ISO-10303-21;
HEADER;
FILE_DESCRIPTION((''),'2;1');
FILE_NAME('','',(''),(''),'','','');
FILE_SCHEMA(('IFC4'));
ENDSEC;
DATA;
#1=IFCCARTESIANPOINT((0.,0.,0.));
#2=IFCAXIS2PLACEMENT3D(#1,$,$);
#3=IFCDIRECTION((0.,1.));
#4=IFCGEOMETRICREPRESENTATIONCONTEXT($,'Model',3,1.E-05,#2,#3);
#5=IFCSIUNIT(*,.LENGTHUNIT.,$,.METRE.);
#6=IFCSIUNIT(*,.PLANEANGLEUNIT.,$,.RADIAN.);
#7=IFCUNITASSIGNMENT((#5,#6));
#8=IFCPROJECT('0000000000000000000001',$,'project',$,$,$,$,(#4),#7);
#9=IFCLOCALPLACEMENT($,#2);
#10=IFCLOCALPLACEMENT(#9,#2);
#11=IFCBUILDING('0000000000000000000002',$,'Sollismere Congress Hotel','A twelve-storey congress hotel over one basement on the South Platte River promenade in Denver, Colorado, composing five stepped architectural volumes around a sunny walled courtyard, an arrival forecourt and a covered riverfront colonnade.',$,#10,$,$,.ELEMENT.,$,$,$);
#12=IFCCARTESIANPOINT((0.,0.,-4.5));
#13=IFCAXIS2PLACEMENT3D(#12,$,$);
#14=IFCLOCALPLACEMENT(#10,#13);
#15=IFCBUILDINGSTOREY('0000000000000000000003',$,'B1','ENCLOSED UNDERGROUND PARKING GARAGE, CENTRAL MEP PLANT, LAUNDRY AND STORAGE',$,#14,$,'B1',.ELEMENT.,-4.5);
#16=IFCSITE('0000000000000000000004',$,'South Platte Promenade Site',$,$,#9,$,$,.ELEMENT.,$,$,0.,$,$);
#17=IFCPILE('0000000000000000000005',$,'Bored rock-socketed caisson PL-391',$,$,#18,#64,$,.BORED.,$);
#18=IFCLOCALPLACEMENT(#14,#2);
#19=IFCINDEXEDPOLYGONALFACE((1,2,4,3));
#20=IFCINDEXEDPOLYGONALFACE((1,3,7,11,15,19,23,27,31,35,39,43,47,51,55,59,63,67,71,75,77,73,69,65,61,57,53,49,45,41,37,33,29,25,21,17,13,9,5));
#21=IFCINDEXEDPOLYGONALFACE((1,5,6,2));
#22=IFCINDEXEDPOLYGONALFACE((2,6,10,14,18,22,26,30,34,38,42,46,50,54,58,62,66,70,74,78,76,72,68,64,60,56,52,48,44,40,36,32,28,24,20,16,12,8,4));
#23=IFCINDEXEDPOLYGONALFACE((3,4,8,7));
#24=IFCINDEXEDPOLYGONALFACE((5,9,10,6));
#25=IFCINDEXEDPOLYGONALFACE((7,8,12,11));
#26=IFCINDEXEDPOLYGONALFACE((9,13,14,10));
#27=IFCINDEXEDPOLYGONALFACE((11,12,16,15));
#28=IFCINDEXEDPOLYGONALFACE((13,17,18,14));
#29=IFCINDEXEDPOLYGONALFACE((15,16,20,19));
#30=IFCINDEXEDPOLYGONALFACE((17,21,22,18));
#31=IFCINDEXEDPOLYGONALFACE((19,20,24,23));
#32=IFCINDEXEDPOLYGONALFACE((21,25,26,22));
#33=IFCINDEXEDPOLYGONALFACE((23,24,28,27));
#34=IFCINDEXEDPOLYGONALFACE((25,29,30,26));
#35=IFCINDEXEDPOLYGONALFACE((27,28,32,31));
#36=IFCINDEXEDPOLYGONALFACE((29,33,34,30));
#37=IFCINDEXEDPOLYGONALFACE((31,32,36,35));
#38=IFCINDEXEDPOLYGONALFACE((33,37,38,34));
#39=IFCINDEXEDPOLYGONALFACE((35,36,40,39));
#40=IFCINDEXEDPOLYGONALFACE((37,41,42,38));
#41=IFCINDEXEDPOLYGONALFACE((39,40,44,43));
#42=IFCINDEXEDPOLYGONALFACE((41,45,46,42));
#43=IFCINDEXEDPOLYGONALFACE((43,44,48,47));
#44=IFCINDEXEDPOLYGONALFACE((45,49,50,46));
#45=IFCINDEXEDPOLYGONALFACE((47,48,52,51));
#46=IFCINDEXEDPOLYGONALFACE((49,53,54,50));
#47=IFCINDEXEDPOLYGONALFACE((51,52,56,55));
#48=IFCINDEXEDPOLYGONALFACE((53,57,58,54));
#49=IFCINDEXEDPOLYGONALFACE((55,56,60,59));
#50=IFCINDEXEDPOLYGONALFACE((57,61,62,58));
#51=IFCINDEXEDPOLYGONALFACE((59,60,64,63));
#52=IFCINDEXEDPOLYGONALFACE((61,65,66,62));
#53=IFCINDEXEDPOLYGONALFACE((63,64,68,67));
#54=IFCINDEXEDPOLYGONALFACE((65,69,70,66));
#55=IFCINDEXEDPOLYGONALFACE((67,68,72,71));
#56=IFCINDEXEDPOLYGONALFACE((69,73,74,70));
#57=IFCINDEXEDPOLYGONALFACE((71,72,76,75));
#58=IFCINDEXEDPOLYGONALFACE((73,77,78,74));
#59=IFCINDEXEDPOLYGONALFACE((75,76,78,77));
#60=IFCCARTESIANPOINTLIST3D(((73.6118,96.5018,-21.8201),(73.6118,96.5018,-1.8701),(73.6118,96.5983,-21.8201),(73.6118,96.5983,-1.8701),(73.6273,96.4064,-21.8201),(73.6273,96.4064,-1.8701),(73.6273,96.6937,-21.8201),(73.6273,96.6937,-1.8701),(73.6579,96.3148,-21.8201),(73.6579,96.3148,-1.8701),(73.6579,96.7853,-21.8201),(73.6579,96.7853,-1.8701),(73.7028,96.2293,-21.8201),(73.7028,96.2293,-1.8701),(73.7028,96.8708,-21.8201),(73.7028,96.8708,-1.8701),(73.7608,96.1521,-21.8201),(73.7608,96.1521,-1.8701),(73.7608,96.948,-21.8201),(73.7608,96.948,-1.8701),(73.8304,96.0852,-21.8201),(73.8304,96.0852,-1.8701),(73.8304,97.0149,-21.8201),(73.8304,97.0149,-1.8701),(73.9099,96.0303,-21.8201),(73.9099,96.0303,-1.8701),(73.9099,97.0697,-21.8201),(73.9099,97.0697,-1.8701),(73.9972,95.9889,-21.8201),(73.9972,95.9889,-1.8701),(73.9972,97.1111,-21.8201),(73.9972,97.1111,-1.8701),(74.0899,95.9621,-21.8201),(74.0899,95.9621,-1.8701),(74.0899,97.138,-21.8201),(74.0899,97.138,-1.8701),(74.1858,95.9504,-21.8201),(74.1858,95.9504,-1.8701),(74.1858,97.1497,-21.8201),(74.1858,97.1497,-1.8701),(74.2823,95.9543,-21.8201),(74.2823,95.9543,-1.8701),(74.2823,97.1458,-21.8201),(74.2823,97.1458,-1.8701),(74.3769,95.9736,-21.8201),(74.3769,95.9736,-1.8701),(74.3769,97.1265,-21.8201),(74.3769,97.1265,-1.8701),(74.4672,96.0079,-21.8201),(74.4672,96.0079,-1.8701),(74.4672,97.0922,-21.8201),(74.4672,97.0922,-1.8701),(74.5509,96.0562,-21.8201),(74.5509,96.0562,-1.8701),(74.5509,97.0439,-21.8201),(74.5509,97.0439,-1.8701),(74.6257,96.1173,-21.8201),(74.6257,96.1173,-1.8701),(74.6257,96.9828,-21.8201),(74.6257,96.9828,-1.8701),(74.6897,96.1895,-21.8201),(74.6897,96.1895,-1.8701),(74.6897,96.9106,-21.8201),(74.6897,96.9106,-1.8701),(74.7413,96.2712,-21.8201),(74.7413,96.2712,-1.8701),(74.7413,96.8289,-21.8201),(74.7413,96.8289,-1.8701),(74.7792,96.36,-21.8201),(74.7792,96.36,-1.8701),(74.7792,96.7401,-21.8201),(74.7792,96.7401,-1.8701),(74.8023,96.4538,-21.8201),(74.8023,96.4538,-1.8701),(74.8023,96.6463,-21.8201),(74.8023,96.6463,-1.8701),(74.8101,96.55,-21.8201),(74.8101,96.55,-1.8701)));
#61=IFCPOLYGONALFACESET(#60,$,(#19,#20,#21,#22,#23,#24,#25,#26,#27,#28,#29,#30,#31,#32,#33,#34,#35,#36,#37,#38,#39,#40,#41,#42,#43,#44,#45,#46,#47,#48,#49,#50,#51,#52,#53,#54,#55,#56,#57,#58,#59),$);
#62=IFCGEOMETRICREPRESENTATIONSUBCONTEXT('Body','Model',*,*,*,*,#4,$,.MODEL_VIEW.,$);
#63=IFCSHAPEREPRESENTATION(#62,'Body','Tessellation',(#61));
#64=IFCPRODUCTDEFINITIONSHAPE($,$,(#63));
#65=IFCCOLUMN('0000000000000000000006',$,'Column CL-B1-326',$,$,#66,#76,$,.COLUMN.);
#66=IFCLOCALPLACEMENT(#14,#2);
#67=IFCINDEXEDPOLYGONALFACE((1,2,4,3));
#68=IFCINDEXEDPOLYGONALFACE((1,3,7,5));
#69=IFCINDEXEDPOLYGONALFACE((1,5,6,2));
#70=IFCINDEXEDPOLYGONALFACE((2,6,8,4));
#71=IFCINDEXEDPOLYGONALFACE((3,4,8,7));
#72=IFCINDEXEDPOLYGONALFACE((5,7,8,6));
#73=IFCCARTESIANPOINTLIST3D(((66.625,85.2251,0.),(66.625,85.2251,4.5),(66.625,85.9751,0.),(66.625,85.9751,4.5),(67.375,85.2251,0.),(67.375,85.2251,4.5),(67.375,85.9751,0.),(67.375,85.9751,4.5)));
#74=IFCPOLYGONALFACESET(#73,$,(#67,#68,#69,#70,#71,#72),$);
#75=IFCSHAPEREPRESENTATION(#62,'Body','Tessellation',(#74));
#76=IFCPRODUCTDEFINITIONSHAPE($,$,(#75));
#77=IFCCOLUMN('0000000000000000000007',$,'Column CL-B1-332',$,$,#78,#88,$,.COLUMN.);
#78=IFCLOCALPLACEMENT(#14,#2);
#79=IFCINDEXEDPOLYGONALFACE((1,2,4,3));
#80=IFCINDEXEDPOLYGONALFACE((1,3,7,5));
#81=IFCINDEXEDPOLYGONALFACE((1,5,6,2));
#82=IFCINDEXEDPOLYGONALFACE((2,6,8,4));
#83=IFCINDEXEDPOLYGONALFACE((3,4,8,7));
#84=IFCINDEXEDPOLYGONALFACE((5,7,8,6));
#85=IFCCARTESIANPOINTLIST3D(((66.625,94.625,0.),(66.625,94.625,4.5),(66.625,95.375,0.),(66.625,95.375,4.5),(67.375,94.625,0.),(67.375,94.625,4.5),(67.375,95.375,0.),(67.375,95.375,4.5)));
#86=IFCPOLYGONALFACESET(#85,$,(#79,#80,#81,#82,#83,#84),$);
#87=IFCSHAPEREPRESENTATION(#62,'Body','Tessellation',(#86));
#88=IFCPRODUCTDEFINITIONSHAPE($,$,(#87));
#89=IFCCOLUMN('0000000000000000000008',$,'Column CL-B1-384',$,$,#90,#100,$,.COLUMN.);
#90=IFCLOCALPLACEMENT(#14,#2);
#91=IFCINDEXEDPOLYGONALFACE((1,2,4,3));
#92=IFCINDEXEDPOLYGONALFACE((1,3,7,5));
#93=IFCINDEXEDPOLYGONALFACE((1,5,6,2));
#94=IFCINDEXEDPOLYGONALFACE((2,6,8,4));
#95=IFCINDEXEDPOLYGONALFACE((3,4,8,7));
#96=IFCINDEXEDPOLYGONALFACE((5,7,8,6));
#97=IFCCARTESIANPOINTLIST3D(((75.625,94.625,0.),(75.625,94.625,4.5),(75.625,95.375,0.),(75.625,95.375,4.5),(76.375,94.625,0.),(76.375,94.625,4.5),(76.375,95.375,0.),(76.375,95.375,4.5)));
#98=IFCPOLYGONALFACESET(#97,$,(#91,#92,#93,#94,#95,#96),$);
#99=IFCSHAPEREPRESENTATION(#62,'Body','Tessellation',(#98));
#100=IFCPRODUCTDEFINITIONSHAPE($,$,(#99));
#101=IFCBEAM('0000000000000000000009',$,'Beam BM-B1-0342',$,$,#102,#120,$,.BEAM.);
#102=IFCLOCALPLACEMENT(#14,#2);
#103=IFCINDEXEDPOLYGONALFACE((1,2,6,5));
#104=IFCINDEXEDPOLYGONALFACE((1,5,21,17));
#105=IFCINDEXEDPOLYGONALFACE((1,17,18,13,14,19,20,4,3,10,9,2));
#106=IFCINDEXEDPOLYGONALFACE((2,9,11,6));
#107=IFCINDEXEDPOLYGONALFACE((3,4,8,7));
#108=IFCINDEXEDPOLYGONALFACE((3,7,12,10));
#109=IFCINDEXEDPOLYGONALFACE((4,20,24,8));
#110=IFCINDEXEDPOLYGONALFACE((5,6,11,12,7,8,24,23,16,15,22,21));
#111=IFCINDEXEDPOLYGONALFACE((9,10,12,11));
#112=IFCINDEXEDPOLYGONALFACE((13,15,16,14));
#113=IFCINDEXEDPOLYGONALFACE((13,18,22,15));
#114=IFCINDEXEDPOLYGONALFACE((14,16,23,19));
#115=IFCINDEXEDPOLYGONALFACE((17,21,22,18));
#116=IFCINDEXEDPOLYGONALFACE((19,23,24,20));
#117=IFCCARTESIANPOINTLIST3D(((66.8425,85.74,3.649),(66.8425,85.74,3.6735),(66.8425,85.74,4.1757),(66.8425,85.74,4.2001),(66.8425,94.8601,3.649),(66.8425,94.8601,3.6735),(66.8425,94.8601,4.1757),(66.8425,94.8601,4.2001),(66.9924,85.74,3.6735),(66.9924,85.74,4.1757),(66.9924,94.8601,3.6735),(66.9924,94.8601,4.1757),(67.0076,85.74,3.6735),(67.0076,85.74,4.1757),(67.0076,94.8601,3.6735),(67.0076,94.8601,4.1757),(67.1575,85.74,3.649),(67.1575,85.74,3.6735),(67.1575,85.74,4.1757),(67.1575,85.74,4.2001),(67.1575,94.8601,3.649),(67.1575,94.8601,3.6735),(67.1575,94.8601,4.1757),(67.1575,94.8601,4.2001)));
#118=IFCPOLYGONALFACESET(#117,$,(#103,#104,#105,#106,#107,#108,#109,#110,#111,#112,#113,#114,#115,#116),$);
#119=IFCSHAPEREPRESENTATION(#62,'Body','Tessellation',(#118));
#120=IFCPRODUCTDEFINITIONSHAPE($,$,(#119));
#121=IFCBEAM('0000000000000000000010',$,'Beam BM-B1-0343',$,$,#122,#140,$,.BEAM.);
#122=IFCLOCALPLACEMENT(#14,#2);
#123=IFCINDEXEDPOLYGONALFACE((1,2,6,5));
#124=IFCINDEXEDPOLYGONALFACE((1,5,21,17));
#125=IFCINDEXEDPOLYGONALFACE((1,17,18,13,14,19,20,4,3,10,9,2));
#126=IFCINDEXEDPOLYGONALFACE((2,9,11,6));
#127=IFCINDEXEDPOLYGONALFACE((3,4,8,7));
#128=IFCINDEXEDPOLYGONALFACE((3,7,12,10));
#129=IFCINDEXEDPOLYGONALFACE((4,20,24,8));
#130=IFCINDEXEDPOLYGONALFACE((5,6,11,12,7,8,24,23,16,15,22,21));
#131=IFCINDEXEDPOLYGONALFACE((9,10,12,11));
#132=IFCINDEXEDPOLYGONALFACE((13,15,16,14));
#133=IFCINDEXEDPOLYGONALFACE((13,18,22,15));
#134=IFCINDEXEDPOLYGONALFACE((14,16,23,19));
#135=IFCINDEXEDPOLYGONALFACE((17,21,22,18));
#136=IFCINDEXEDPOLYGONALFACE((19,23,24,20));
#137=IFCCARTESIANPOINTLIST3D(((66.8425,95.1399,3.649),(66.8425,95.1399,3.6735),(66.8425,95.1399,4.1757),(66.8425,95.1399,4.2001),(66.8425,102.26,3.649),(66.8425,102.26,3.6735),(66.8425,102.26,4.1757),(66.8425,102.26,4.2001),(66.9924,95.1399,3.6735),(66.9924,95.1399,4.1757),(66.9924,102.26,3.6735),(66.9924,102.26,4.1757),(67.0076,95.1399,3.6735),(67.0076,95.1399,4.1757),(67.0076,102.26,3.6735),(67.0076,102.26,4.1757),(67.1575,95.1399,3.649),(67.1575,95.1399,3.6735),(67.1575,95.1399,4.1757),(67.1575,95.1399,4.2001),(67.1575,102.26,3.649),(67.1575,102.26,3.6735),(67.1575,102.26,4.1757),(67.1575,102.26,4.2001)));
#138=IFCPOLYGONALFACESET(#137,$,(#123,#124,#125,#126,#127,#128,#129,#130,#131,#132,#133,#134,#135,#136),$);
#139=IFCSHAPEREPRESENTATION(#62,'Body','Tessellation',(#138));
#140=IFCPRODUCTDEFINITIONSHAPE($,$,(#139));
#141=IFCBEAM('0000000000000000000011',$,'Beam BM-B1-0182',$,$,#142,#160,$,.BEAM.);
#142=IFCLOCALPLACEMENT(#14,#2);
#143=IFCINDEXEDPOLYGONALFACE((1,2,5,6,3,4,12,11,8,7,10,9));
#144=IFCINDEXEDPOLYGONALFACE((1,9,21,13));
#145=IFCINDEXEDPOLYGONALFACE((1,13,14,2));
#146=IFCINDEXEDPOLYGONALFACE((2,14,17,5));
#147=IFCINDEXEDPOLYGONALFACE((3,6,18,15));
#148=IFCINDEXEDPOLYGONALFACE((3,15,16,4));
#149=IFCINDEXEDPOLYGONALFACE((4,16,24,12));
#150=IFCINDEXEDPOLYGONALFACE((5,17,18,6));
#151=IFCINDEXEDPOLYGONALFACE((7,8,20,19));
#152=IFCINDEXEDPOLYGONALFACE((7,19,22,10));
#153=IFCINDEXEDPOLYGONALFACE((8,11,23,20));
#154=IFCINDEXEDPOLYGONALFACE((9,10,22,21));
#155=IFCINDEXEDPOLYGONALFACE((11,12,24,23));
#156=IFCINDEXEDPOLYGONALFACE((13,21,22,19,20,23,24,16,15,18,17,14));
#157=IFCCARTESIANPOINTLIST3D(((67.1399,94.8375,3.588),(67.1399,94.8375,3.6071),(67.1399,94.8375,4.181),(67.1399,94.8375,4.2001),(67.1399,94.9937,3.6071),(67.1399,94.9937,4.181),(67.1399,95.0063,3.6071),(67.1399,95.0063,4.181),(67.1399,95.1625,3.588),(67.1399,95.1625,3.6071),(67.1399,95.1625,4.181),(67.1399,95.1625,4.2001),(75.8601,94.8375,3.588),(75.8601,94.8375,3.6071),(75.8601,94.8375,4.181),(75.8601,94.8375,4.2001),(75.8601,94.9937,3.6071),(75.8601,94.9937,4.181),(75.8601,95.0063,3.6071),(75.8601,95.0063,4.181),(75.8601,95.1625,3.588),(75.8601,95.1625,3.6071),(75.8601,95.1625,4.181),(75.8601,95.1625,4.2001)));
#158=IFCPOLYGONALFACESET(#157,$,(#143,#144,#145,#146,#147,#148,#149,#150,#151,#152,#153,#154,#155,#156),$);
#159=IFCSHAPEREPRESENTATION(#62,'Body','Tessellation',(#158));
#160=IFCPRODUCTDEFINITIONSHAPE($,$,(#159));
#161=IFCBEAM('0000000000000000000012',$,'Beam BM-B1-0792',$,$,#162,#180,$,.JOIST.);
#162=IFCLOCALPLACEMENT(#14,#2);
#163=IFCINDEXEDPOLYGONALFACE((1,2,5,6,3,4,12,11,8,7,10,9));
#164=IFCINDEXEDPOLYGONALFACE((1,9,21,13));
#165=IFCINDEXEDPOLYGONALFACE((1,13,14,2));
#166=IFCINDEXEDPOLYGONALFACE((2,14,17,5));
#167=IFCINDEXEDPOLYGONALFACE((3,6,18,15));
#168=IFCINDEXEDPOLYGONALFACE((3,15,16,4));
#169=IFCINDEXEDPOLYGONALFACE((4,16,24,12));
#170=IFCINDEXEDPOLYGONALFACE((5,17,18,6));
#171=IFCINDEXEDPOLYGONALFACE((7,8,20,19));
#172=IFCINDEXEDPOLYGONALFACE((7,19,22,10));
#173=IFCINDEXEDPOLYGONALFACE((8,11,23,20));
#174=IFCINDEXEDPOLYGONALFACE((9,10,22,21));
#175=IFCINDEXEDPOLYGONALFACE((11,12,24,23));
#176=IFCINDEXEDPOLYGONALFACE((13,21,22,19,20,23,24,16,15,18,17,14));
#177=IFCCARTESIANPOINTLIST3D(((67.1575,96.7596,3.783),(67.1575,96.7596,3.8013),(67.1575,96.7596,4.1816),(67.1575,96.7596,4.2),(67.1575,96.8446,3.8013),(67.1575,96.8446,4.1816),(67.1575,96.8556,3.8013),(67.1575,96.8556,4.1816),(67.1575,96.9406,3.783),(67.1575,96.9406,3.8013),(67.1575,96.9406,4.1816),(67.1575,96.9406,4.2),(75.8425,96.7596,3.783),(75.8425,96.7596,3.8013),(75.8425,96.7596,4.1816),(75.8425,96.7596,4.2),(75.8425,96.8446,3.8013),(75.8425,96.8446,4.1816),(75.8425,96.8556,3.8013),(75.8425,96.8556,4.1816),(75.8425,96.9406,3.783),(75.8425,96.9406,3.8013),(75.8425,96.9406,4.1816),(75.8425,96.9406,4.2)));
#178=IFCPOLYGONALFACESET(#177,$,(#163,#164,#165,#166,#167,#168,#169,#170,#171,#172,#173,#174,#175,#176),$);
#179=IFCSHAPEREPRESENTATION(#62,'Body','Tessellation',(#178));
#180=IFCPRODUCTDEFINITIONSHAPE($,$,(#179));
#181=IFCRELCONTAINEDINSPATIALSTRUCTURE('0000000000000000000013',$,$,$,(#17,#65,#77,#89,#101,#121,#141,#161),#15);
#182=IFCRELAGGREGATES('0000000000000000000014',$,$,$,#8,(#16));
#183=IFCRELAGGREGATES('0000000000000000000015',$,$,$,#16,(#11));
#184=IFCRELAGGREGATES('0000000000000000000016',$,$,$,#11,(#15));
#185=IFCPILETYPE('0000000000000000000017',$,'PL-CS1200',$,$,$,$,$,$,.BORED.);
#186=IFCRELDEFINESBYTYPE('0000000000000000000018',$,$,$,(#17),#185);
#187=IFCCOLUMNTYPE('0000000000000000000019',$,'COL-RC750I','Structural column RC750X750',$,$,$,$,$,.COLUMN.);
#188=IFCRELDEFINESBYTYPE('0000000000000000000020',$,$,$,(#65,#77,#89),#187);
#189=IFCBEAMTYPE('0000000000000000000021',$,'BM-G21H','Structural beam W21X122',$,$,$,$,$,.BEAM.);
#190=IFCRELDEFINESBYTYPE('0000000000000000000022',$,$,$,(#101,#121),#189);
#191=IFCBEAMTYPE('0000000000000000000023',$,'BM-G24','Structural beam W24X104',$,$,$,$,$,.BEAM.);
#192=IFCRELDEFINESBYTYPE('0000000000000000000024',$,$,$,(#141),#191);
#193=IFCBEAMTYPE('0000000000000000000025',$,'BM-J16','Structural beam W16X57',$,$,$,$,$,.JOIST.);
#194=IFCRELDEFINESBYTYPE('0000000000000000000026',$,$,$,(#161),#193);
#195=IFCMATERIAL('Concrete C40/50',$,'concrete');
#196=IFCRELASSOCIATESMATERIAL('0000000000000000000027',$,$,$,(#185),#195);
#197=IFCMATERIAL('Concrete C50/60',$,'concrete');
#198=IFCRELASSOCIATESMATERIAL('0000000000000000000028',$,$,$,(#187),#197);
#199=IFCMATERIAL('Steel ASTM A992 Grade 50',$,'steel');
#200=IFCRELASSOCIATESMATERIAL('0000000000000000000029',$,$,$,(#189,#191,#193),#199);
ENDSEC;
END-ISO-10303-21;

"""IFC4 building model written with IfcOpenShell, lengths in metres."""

from ifc_helpers import new_model, si_unit, direction, frame, origin, origin_2d, place, context, subcontext, project, spatial, rectangle, circle, i_section, extrude, material, material_profile, profile_set, type_object, element, save


model = new_model("IFC4")

# Units and contexts
model_context = context("Model", 3, precision=1e-05, world=origin(), true_north=direction((0.0, 1.0)))
body_context = subcontext(model_context, "Body", "Model", "MODEL_VIEW")
ifc_project = project(units=[si_unit("LENGTHUNIT", "METRE"), si_unit("PLANEANGLEUNIT", "RADIAN")], contexts=[model_context])

# Site, building, storey
site_placement = place(None, origin())
site = spatial("IfcSite", under=ifc_project, at=site_placement, Name="South Platte Promenade Site", CompositionType="ELEMENT", RefElevation=0.0)
building_placement = place(site_placement, origin())
building = spatial("IfcBuilding", under=site, at=building_placement, Name="Sollismere Congress Hotel", Description="A twelve-storey congress hotel over one basement on the South Platte River promenade in Denver, Colorado, composing five stepped architectural volumes around a sunny walled courtyard, an arrival forecourt and a covered riverfront colonnade.", CompositionType="ELEMENT")
storey_placement = place(building_placement, frame((0.0, 0.0, -4.5)))
storey = spatial("IfcBuildingStorey", under=building, at=storey_placement, Name="B1", Description="ENCLOSED UNDERGROUND PARKING GARAGE, CENTRAL MEP PLANT, LAUNDRY AND STORAGE", LongName="B1", CompositionType="ELEMENT", Elevation=-4.5)

# Shared definitions
ifc_material_1 = material(Name="Concrete C40/50", Category="concrete")

# Pile
ifc_material_profile_1 = material_profile(ifc_material_1, circle(Radius=0.6001, at=origin_2d()), Name="CAISSON1200")
ifc_profile_set_1 = profile_set([ifc_material_profile_1], Name="Concrete C40/50")
pile_type = type_object("IfcPileType", Name="PL-CS1200", PredefinedType="BORED", material=ifc_profile_set_1)
for number, where, z_axis, x_axis, name in (
    (1, (74.21, 96.55, -1.8701), (0.0, 0.0, -1.0), (1.0, 0.0, 0.0), "Bored rock-socketed caisson PL-391"),
):
    element("IfcPile", number, at=place(storey_placement, frame(where, z_axis=z_axis, x_axis=x_axis)), inside=storey, type_object=pile_type, Name=name, PredefinedType="BORED", context=body_context, shape_type="SweptSolid", body=[
        extrude(circle(Radius=0.6001, at=origin_2d()), origin(), (0.0, 0.0, 1.0), 19.95),
    ])

# Columns
ifc_material_2 = material(Name="Concrete C50/60", Category="concrete")
ifc_material_profile_2 = material_profile(ifc_material_2, rectangle(XDim=0.75, YDim=0.75, at=origin_2d()), Name="RC750X750")
ifc_profile_set_2 = profile_set([ifc_material_profile_2], Name="Concrete C50/60")
column_type = type_object("IfcColumnType", Name="COL-RC750I", Description="Structural column RC750X750", PredefinedType="COLUMN", material=ifc_profile_set_2)
for number, where, z_axis, x_axis, name in (
    (2, (67.0, 85.6001, 0.0), (0.0, 0.0, 1.0), (1.0, 0.0, 0.0), "Column CL-B1-326"),
    (3, (67.0, 95.0, 0.0), (0.0, 0.0, 1.0), (1.0, 0.0, 0.0), "Column CL-B1-332"),
    (4, (76.0, 95.0, 0.0), (0.0, 0.0, 1.0), (1.0, 0.0, 0.0), "Column CL-B1-384"),
):
    element("IfcColumn", number, at=place(storey_placement, frame(where, z_axis=z_axis, x_axis=x_axis)), inside=storey, type_object=column_type, Name=name, PredefinedType="COLUMN", context=body_context, shape_type="SweptSolid", body=[
        extrude(rectangle(XDim=0.75, YDim=0.75, at=origin_2d()), origin(), (0.0, 0.0, 1.0), 4.5),
    ])

# Beams
ifc_material_3 = material(Name="Steel ASTM A992 Grade 50", Category="steel")
ifc_material_profile_3 = material_profile(ifc_material_3, i_section(OverallWidth=0.3149, OverallDepth=0.551, WebThickness=0.0151, FlangeThickness=0.0244, at=origin_2d()), Name="W21X122")
ifc_profile_set_3 = profile_set([ifc_material_profile_3], Name="Steel ASTM A992 Grade 50")
beam_type_1 = type_object("IfcBeamType", Name="BM-G21H", Description="Structural beam W21X122", PredefinedType="BEAM", material=ifc_profile_set_3)
beam_1_placement = place(storey_placement, frame((67.0, 85.74, 3.9246), z_axis=(0.0, 1.0, 0.0), x_axis=(-1.0, 0.0, 0.0)))
element("IfcBeam", 5, at=beam_1_placement, inside=storey, type_object=beam_type_1, Name="Beam BM-B1-0342", PredefinedType="BEAM", context=body_context, shape_type="SweptSolid", body=[
    extrude(i_section(OverallWidth=0.3149, OverallDepth=0.551, WebThickness=0.0151, FlangeThickness=0.0244, at=origin_2d()), origin(), (0.0, 0.0, 1.0), 9.1201),
])
beam_2_placement = place(storey_placement, frame((67.0, 95.1399, 3.9246), z_axis=(0.0, 1.0, 0.0), x_axis=(-1.0, 0.0, 0.0)))
element("IfcBeam", 6, at=beam_2_placement, inside=storey, type_object=beam_type_1, Name="Beam BM-B1-0343", PredefinedType="BEAM", context=body_context, shape_type="SweptSolid", body=[
    extrude(i_section(OverallWidth=0.3149, OverallDepth=0.551, WebThickness=0.0151, FlangeThickness=0.0244, at=origin_2d()), origin(), (0.0, 0.0, 1.0), 7.1201),
])
ifc_material_profile_4 = material_profile(ifc_material_3, i_section(OverallWidth=0.325, OverallDepth=0.6121, WebThickness=0.0127, FlangeThickness=0.019, at=origin_2d()), Name="W24X104")
ifc_profile_set_4 = profile_set([ifc_material_profile_4], Name="Steel ASTM A992 Grade 50")
beam_type_2 = type_object("IfcBeamType", Name="BM-G24", Description="Structural beam W24X104", PredefinedType="BEAM", material=ifc_profile_set_4)
beam_3_placement = place(storey_placement, frame((67.1399, 95.0, 3.894), z_axis=(1.0, 0.0, 0.0), x_axis=(0.0, 1.0, 0.0)))
element("IfcBeam", 7, at=beam_3_placement, inside=storey, type_object=beam_type_2, Name="Beam BM-B1-0182", PredefinedType="BEAM", context=body_context, shape_type="SweptSolid", body=[
    extrude(i_section(OverallWidth=0.325, OverallDepth=0.6121, WebThickness=0.0127, FlangeThickness=0.019, at=origin_2d()), origin(), (0.0, 0.0, 1.0), 8.7202),
])
ifc_material_profile_5 = material_profile(ifc_material_3, i_section(OverallWidth=0.1809, OverallDepth=0.417, WebThickness=0.011, FlangeThickness=0.0183, at=origin_2d()), Name="W16X57")
ifc_profile_set_5 = profile_set([ifc_material_profile_5], Name="Steel ASTM A992 Grade 50")
beam_type_3 = type_object("IfcBeamType", Name="BM-J16", Description="Structural beam W16X57", PredefinedType="JOIST", material=ifc_profile_set_5)
for number, where, z_axis, x_axis, name in (
    (8, (67.1575, 96.8501, 3.9915), (1.0, 0.0, 0.0), (0.0, 1.0, 0.0), "Beam BM-B1-0792"),
):
    element("IfcBeam", number, at=place(storey_placement, frame(where, z_axis=z_axis, x_axis=x_axis)), inside=storey, type_object=beam_type_3, Name=name, PredefinedType="JOIST", context=body_context, shape_type="SweptSolid", body=[
        extrude(i_section(OverallWidth=0.1809, OverallDepth=0.417, WebThickness=0.011, FlangeThickness=0.0183, at=origin_2d()), origin(), (0.0, 0.0, 1.0), 8.6851),
    ])

save(model, "model.ifc")
